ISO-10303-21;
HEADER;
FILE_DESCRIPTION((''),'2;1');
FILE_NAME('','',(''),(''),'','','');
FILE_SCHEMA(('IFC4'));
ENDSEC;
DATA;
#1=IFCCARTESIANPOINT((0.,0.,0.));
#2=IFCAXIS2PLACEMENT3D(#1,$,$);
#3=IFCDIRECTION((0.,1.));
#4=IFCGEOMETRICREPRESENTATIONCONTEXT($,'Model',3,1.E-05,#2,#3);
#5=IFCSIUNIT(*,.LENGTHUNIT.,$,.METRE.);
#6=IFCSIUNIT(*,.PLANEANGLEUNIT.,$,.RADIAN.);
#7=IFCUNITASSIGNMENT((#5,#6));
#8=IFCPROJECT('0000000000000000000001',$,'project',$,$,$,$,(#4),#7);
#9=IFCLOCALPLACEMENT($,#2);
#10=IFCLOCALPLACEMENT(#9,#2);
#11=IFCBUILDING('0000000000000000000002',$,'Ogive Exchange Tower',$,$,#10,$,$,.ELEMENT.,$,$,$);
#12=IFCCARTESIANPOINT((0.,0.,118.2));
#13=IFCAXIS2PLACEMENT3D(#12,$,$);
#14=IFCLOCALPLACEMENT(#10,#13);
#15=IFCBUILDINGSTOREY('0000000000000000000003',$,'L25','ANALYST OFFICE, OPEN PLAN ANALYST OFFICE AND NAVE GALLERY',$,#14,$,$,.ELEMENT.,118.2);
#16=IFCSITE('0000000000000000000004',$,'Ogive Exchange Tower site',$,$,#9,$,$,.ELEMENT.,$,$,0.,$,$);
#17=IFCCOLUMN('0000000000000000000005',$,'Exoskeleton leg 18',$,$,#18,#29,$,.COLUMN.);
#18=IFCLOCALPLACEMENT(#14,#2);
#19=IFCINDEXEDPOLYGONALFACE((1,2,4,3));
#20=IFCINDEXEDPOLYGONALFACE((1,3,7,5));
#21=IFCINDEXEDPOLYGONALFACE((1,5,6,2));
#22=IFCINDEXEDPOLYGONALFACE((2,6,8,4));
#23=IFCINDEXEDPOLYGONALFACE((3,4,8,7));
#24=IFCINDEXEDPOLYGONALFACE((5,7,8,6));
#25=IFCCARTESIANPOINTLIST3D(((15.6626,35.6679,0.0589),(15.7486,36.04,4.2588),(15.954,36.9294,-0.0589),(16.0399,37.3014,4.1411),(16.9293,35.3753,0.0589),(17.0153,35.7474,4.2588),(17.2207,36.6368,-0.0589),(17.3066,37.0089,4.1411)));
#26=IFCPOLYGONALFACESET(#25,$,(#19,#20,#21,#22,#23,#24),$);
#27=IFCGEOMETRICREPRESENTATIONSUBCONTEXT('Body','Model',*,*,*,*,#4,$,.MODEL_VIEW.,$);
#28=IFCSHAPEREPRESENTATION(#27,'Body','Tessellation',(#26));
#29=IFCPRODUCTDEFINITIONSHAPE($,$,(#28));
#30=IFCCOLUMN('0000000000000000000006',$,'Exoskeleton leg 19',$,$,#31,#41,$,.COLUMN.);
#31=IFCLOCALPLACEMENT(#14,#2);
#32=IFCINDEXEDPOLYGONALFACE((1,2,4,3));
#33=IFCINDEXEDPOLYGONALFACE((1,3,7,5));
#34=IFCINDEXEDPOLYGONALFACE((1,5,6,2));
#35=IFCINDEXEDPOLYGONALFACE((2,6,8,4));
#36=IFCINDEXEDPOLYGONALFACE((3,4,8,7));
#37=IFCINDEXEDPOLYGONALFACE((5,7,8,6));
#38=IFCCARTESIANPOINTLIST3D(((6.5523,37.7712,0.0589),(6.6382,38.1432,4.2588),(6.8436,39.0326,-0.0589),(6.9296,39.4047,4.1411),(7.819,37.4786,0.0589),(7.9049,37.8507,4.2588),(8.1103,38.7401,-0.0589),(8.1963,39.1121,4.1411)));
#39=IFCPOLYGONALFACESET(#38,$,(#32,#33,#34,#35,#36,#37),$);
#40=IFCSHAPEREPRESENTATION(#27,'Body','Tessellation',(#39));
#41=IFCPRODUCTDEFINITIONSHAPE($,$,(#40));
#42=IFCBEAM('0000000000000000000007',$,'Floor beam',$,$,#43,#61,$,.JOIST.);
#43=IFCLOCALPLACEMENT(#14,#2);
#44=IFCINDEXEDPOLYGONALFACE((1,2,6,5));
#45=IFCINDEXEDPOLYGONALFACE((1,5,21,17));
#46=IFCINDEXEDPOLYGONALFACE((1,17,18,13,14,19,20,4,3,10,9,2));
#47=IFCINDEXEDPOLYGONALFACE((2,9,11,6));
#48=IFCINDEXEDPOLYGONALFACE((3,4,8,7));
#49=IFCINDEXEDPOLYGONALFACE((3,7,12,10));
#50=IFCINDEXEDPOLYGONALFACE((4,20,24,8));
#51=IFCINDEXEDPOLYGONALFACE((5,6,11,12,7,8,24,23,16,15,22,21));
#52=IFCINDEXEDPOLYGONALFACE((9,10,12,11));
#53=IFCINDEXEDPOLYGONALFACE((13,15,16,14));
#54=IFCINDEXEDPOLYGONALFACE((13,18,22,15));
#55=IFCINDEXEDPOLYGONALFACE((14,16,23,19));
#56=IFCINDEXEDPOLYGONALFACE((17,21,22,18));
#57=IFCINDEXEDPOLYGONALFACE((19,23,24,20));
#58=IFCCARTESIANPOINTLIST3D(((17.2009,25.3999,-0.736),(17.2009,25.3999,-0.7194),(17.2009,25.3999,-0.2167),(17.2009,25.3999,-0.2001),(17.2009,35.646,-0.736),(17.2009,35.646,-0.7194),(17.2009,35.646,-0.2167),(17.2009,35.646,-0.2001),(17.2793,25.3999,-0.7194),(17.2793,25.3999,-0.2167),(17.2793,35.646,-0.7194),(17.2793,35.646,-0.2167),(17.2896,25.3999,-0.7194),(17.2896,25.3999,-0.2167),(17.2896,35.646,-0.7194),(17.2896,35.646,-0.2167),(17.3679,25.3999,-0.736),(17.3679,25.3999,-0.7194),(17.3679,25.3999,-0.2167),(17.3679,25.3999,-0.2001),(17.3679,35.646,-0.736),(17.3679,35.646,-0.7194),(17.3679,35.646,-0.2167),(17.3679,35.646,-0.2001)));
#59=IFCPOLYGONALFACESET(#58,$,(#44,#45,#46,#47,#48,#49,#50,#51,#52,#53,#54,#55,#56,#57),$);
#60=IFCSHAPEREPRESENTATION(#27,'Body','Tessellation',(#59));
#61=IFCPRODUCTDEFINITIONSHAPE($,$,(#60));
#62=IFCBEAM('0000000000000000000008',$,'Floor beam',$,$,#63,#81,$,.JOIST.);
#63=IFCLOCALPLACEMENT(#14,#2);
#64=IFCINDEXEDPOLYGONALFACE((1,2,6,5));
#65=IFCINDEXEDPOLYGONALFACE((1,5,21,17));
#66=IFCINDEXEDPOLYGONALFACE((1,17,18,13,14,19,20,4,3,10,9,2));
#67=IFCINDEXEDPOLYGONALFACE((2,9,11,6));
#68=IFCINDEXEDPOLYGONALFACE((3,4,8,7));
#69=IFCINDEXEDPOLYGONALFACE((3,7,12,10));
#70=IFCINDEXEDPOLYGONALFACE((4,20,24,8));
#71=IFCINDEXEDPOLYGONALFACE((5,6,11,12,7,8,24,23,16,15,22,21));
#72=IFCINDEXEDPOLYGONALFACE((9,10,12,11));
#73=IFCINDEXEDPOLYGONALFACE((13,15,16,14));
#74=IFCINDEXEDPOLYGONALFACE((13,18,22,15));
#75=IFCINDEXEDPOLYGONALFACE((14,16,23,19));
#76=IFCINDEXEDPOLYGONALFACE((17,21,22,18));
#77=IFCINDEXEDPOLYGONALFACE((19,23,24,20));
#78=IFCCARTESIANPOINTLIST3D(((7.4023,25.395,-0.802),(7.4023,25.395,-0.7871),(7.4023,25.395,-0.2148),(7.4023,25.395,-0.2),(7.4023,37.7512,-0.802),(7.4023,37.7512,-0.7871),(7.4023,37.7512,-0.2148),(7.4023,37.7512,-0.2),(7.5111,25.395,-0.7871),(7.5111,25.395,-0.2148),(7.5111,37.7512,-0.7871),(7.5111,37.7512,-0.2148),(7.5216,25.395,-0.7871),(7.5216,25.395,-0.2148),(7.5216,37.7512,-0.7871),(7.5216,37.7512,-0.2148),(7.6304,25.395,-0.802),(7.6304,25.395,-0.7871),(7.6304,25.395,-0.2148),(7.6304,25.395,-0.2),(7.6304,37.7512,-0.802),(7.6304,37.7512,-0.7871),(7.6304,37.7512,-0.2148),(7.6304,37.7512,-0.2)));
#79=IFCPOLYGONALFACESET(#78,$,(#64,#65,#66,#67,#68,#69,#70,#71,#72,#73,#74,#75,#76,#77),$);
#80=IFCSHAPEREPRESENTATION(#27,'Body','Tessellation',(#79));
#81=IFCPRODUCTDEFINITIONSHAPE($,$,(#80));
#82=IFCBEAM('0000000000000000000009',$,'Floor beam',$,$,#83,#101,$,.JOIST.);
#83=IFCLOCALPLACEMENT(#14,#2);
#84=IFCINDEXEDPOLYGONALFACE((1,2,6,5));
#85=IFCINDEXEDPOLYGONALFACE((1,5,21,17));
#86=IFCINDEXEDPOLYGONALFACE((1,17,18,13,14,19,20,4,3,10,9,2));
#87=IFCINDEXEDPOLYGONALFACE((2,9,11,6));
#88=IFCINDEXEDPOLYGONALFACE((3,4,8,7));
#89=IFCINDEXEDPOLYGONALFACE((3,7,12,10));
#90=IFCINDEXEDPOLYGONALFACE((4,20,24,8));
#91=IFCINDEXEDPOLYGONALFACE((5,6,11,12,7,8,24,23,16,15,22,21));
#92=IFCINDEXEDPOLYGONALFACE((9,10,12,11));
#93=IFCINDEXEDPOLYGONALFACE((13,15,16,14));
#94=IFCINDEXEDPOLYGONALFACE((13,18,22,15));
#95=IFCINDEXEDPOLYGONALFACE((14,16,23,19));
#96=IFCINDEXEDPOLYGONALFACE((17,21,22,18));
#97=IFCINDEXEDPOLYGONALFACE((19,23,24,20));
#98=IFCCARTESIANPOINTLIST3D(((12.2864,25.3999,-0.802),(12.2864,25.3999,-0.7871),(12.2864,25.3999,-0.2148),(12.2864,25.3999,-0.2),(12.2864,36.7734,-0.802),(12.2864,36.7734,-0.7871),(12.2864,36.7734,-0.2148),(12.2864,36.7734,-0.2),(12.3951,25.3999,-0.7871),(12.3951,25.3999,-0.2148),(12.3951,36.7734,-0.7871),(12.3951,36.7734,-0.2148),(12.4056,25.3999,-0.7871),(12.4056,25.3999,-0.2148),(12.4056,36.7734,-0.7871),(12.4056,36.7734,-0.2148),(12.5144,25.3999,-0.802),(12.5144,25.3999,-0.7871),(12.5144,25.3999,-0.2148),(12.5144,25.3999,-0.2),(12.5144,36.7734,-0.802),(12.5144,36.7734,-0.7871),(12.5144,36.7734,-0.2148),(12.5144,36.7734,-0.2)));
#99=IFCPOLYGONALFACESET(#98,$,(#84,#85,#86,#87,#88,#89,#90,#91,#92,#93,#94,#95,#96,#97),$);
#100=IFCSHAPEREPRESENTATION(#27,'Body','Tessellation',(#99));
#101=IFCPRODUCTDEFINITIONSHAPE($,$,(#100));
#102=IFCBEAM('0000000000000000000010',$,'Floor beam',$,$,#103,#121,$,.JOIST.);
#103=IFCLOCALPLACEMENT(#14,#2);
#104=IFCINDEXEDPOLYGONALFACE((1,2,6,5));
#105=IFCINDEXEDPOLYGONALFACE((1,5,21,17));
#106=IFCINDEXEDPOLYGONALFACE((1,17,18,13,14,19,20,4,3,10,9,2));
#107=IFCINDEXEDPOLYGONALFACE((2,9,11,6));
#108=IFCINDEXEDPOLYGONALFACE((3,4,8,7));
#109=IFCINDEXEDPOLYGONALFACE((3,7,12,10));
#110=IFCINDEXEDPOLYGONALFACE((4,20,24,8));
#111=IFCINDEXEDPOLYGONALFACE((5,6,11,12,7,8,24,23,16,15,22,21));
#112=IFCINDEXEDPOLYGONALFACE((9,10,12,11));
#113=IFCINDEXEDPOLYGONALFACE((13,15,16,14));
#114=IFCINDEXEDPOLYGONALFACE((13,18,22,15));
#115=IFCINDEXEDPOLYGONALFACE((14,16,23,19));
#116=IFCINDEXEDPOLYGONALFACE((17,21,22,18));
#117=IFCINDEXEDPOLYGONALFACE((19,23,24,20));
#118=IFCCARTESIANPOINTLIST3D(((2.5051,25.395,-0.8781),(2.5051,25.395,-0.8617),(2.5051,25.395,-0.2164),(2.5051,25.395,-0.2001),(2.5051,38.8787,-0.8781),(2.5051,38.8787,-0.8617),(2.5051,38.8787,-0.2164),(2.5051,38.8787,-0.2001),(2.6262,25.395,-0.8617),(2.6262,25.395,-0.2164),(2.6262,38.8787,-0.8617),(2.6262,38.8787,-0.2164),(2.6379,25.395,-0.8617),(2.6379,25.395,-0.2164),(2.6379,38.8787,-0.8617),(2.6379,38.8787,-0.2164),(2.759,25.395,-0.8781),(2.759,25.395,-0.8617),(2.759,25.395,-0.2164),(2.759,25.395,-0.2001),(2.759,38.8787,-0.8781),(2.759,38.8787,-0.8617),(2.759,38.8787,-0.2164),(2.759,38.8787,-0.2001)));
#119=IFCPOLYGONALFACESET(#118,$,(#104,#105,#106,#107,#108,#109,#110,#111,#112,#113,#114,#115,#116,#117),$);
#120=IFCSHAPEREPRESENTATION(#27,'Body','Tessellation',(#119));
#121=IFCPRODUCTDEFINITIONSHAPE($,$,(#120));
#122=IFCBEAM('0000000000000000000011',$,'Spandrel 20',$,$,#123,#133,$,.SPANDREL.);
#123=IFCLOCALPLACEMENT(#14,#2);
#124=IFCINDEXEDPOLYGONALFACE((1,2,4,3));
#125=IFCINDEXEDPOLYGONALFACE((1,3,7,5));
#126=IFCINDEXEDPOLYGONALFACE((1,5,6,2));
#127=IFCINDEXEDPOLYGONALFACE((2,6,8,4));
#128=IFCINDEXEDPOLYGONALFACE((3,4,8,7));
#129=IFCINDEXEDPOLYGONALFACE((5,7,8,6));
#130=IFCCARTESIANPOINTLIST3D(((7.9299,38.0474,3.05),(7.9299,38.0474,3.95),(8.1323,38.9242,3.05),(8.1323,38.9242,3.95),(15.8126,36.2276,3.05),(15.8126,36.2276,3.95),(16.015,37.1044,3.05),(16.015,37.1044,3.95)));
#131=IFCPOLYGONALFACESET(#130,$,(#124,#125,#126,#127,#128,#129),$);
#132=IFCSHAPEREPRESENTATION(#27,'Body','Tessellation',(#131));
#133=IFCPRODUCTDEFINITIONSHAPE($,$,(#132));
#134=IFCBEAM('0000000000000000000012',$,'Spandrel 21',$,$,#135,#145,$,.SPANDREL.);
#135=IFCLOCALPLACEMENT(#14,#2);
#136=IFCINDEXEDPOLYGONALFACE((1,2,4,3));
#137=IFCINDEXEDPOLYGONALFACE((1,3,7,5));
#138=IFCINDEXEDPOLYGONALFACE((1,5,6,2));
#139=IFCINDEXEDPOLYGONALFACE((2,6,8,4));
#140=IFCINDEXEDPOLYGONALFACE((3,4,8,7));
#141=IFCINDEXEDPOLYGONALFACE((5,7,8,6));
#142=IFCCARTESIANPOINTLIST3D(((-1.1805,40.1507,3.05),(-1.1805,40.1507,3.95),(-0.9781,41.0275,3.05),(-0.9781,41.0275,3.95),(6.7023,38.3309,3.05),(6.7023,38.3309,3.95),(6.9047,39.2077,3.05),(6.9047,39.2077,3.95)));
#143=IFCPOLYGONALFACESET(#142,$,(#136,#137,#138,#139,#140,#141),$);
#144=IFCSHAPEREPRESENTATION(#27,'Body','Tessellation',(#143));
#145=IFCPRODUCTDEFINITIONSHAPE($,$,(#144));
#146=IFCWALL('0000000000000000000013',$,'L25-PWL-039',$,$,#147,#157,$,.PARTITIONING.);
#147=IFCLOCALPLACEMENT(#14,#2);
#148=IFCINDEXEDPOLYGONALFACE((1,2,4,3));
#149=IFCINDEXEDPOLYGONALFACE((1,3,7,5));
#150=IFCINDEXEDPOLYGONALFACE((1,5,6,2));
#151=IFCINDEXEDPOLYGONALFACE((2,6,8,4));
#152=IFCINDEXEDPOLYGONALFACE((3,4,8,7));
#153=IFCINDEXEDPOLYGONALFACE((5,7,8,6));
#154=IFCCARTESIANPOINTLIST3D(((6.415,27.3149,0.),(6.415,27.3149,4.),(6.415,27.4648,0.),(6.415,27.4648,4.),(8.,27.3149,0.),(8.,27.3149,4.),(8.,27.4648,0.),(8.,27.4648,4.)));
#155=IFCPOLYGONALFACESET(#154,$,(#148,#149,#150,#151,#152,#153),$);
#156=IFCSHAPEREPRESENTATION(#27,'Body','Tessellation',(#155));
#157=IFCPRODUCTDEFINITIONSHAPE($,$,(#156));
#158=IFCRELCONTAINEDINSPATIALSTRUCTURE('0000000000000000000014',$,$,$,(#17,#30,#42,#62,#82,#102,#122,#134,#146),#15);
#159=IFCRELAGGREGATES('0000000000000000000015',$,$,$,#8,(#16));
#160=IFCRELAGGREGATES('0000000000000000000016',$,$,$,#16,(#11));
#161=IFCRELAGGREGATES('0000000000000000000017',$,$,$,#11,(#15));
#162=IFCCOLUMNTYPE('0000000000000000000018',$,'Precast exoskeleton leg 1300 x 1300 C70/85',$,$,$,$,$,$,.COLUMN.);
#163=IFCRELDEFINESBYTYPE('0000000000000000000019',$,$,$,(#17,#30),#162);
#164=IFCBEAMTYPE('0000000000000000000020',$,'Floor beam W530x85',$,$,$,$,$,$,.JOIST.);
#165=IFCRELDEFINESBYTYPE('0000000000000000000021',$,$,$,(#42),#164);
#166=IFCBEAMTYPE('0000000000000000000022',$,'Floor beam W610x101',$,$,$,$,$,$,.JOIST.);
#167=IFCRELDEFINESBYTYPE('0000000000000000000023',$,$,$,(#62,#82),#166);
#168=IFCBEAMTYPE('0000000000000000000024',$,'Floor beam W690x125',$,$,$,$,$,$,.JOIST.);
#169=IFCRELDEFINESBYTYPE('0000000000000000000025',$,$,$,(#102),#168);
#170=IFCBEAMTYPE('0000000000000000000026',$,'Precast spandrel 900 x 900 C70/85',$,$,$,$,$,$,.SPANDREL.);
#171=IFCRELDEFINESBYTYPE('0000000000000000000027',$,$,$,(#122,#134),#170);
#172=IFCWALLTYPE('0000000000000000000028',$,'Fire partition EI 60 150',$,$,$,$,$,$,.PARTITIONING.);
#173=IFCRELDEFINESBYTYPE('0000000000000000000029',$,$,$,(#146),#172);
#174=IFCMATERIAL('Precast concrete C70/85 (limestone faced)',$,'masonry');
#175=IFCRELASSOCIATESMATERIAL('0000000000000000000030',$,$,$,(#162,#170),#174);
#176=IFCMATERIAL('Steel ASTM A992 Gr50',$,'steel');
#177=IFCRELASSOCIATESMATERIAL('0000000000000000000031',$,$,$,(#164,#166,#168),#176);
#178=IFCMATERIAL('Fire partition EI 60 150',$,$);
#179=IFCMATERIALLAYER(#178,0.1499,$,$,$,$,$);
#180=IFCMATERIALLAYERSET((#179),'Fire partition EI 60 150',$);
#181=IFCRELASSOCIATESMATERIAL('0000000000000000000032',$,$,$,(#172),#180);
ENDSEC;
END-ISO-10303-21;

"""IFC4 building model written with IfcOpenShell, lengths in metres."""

from ifc_helpers import new_model, si_unit, direction, frame, frame_2d, origin, origin_2d, place, context, subcontext, project, spatial, rectangle, i_section, extrude, material, layer, layer_set, material_profile, profile_set, type_object, element, save


model = new_model("IFC4")

# Units and contexts
model_context = context("Model", 3, precision=1e-05, world=origin(), true_north=direction((0.0, 1.0)))
body_context = subcontext(model_context, "Body", "Model", "MODEL_VIEW")
ifc_project = project(units=[si_unit("LENGTHUNIT", "METRE"), si_unit("PLANEANGLEUNIT", "RADIAN")], contexts=[model_context])

# Site, building, storey
site_placement = place(None, origin())
site = spatial("IfcSite", under=ifc_project, at=site_placement, Name="Ogive Exchange Tower site", CompositionType="ELEMENT", RefElevation=0.0)
building_placement = place(site_placement, origin())
building = spatial("IfcBuilding", under=site, at=building_placement, Name="Ogive Exchange Tower", CompositionType="ELEMENT")
storey_placement = place(building_placement, frame((0.0, 0.0, 118.2)))
storey = spatial("IfcBuildingStorey", under=building, at=storey_placement, Name="L25", Description="ANALYST OFFICE, OPEN PLAN ANALYST OFFICE AND NAVE GALLERY", CompositionType="ELEMENT", Elevation=118.2)

# Columns
ifc_material_1 = material(Name="Precast concrete C70/85 (limestone faced)", Category="masonry")
ifc_material_profile_1 = material_profile(ifc_material_1, rectangle(XDim=1.3, YDim=1.3, at=origin_2d()), Name="1300 x 1300")
ifc_profile_set_1 = profile_set([ifc_material_profile_1], Name="Precast concrete C70/85 (limestone faced)")
column_type = type_object("IfcColumnType", Name="Precast exoskeleton leg 1300 x 1300 C70/85", PredefinedType="COLUMN", material=ifc_profile_set_1)
for number, where, z_axis, x_axis, name in (
    (1, (16.4417, 36.1523, 0.0), (0.020377, 0.088225, 0.995892), (-0.974348, 0.225046, 0.0), "Exoskeleton leg 18"),
    (2, (7.3313, 38.2556, 0.0), (0.020377, 0.088225, 0.995892), (-0.974348, 0.225046, 0.0), "Exoskeleton leg 19"),
):
    element("IfcColumn", number, at=place(storey_placement, frame(where, z_axis=z_axis, x_axis=x_axis)), inside=storey, type_object=column_type, Name=name, PredefinedType="COLUMN", context=body_context, shape_type="SweptSolid", body=[
        extrude(rectangle(XDim=1.3, YDim=1.3, at=origin_2d()), origin(), (0.0, 0.0, 1.0), 4.2173),
    ])

# Beams
ifc_material_2 = material(Name="Steel ASTM A992 Gr50", Category="steel")
ifc_material_profile_2 = material_profile(ifc_material_2, i_section(OverallWidth=0.167, OverallDepth=0.5359, WebThickness=0.0103, FlangeThickness=0.0166, at=origin_2d()), Name="W530x85")
ifc_profile_set_2 = profile_set([ifc_material_profile_2], Name="Steel ASTM A992 Gr50")
beam_type_1 = type_object("IfcBeamType", Name="Floor beam W530x85", PredefinedType="JOIST", material=ifc_profile_set_2)
beam_1_placement = place(storey_placement, frame((17.2844, 25.3999, -0.468), z_axis=(0.0, 1.0, 0.0), x_axis=(-1.0, 0.0, 0.0)))
element("IfcBeam", 3, at=beam_1_placement, inside=storey, type_object=beam_type_1, Name="Floor beam", PredefinedType="JOIST", context=body_context, shape_type="SweptSolid", body=[
    extrude(i_section(OverallWidth=0.167, OverallDepth=0.5359, WebThickness=0.0103, FlangeThickness=0.0166, at=origin_2d()), origin(), (0.0, 0.0, 1.0), 10.2461),
])
ifc_material_profile_3 = material_profile(ifc_material_2, i_section(OverallWidth=0.228, OverallDepth=0.6021, WebThickness=0.0105, FlangeThickness=0.0149, at=origin_2d()), Name="W610x101")
ifc_profile_set_3 = profile_set([ifc_material_profile_3], Name="Steel ASTM A992 Gr50")
beam_type_2 = type_object("IfcBeamType", Name="Floor beam W610x101", PredefinedType="JOIST", material=ifc_profile_set_3)
beam_2_placement = place(storey_placement, frame((7.5164, 25.395, -0.501), z_axis=(0.0, 1.0, 0.0), x_axis=(-1.0, 0.0, 0.0)))
element("IfcBeam", 4, at=beam_2_placement, inside=storey, type_object=beam_type_2, Name="Floor beam", PredefinedType="JOIST", context=body_context, shape_type="SweptSolid", body=[
    extrude(i_section(OverallWidth=0.228, OverallDepth=0.6021, WebThickness=0.0105, FlangeThickness=0.0149, at=origin_2d()), origin(), (0.0, 0.0, 1.0), 12.3562),
])
beam_3_placement = place(storey_placement, frame((12.4004, 25.3999, -0.501), z_axis=(0.0, 1.0, 0.0), x_axis=(-1.0, 0.0, 0.0)))
element("IfcBeam", 5, at=beam_3_placement, inside=storey, type_object=beam_type_2, Name="Floor beam", PredefinedType="JOIST", context=body_context, shape_type="SweptSolid", body=[
    extrude(i_section(OverallWidth=0.228, OverallDepth=0.6021, WebThickness=0.0105, FlangeThickness=0.0149, at=origin_2d()), origin(), (0.0, 0.0, 1.0), 11.3735),
])
ifc_material_profile_4 = material_profile(ifc_material_2, i_section(OverallWidth=0.2539, OverallDepth=0.678, WebThickness=0.0117, FlangeThickness=0.0164, at=origin_2d()), Name="W690x125")
ifc_profile_set_4 = profile_set([ifc_material_profile_4], Name="Steel ASTM A992 Gr50")
beam_type_3 = type_object("IfcBeamType", Name="Floor beam W690x125", PredefinedType="JOIST", material=ifc_profile_set_4)
beam_4_placement = place(storey_placement, frame((2.6321, 25.395, -0.5391), z_axis=(0.0, 1.0, 0.0), x_axis=(-1.0, 0.0, 0.0)))
element("IfcBeam", 6, at=beam_4_placement, inside=storey, type_object=beam_type_3, Name="Floor beam", PredefinedType="JOIST", context=body_context, shape_type="SweptSolid", body=[
    extrude(i_section(OverallWidth=0.2539, OverallDepth=0.678, WebThickness=0.0117, FlangeThickness=0.0164, at=origin_2d()), origin(), (0.0, 0.0, 1.0), 13.4836),
])
ifc_material_profile_5 = material_profile(ifc_material_1, rectangle(XDim=0.8999, YDim=0.8999, at=origin_2d()), Name="900 x 900")
ifc_profile_set_5 = profile_set([ifc_material_profile_5], Name="Precast concrete C70/85 (limestone faced)")
beam_type_4 = type_object("IfcBeamType", Name="Precast spandrel 900 x 900 C70/85", PredefinedType="SPANDREL", material=ifc_profile_set_5)
for number, where, z_axis, x_axis, name in (
    (7, (15.9138, 36.666, 3.5), (-0.974372, 0.224943, 0.0), (-0.224943, -0.974372, 0.0), "Spandrel 20"),
    (8, (6.8035, 38.7693, 3.5), (-0.974372, 0.224943, 0.0), (-0.224943, -0.974372, 0.0), "Spandrel 21"),
):
    element("IfcBeam", number, at=place(storey_placement, frame(where, z_axis=z_axis, x_axis=x_axis)), inside=storey, type_object=beam_type_4, Name=name, PredefinedType="SPANDREL", context=body_context, shape_type="SweptSolid", body=[
        extrude(rectangle(XDim=0.8999, YDim=0.8999, at=origin_2d()), origin(), (0.0, 0.0, 1.0), 8.0901),
    ])

# Wall
ifc_material_3 = material(Name="Fire partition EI 60 150")
ifc_layer_1 = layer(ifc_material_3, 0.1499)
ifc_layer_set_1 = layer_set([ifc_layer_1], Name="Fire partition EI 60 150")
wall_type_1 = type_object("IfcWallType", Name="Fire partition EI 60 150", PredefinedType="PARTITIONING", material=ifc_layer_set_1)
wall_1_placement = place(storey_placement, frame((6.415, 27.3899, 0.0), z_axis=(0.0, 0.0, 1.0), x_axis=(1.0, 0.0, 0.0)))
element("IfcWall", 9, at=wall_1_placement, inside=storey, type_object=wall_type_1, Name="L25-PWL-039", PredefinedType="PARTITIONING", context=body_context, shape_type="SweptSolid", body=[
    extrude(rectangle(XDim=1.585, YDim=0.1499, at=frame_2d((0.7925, 0.0))), origin(), (0.0, 0.0, 1.0), 4.0),
])

save(model, "model.ifc")
